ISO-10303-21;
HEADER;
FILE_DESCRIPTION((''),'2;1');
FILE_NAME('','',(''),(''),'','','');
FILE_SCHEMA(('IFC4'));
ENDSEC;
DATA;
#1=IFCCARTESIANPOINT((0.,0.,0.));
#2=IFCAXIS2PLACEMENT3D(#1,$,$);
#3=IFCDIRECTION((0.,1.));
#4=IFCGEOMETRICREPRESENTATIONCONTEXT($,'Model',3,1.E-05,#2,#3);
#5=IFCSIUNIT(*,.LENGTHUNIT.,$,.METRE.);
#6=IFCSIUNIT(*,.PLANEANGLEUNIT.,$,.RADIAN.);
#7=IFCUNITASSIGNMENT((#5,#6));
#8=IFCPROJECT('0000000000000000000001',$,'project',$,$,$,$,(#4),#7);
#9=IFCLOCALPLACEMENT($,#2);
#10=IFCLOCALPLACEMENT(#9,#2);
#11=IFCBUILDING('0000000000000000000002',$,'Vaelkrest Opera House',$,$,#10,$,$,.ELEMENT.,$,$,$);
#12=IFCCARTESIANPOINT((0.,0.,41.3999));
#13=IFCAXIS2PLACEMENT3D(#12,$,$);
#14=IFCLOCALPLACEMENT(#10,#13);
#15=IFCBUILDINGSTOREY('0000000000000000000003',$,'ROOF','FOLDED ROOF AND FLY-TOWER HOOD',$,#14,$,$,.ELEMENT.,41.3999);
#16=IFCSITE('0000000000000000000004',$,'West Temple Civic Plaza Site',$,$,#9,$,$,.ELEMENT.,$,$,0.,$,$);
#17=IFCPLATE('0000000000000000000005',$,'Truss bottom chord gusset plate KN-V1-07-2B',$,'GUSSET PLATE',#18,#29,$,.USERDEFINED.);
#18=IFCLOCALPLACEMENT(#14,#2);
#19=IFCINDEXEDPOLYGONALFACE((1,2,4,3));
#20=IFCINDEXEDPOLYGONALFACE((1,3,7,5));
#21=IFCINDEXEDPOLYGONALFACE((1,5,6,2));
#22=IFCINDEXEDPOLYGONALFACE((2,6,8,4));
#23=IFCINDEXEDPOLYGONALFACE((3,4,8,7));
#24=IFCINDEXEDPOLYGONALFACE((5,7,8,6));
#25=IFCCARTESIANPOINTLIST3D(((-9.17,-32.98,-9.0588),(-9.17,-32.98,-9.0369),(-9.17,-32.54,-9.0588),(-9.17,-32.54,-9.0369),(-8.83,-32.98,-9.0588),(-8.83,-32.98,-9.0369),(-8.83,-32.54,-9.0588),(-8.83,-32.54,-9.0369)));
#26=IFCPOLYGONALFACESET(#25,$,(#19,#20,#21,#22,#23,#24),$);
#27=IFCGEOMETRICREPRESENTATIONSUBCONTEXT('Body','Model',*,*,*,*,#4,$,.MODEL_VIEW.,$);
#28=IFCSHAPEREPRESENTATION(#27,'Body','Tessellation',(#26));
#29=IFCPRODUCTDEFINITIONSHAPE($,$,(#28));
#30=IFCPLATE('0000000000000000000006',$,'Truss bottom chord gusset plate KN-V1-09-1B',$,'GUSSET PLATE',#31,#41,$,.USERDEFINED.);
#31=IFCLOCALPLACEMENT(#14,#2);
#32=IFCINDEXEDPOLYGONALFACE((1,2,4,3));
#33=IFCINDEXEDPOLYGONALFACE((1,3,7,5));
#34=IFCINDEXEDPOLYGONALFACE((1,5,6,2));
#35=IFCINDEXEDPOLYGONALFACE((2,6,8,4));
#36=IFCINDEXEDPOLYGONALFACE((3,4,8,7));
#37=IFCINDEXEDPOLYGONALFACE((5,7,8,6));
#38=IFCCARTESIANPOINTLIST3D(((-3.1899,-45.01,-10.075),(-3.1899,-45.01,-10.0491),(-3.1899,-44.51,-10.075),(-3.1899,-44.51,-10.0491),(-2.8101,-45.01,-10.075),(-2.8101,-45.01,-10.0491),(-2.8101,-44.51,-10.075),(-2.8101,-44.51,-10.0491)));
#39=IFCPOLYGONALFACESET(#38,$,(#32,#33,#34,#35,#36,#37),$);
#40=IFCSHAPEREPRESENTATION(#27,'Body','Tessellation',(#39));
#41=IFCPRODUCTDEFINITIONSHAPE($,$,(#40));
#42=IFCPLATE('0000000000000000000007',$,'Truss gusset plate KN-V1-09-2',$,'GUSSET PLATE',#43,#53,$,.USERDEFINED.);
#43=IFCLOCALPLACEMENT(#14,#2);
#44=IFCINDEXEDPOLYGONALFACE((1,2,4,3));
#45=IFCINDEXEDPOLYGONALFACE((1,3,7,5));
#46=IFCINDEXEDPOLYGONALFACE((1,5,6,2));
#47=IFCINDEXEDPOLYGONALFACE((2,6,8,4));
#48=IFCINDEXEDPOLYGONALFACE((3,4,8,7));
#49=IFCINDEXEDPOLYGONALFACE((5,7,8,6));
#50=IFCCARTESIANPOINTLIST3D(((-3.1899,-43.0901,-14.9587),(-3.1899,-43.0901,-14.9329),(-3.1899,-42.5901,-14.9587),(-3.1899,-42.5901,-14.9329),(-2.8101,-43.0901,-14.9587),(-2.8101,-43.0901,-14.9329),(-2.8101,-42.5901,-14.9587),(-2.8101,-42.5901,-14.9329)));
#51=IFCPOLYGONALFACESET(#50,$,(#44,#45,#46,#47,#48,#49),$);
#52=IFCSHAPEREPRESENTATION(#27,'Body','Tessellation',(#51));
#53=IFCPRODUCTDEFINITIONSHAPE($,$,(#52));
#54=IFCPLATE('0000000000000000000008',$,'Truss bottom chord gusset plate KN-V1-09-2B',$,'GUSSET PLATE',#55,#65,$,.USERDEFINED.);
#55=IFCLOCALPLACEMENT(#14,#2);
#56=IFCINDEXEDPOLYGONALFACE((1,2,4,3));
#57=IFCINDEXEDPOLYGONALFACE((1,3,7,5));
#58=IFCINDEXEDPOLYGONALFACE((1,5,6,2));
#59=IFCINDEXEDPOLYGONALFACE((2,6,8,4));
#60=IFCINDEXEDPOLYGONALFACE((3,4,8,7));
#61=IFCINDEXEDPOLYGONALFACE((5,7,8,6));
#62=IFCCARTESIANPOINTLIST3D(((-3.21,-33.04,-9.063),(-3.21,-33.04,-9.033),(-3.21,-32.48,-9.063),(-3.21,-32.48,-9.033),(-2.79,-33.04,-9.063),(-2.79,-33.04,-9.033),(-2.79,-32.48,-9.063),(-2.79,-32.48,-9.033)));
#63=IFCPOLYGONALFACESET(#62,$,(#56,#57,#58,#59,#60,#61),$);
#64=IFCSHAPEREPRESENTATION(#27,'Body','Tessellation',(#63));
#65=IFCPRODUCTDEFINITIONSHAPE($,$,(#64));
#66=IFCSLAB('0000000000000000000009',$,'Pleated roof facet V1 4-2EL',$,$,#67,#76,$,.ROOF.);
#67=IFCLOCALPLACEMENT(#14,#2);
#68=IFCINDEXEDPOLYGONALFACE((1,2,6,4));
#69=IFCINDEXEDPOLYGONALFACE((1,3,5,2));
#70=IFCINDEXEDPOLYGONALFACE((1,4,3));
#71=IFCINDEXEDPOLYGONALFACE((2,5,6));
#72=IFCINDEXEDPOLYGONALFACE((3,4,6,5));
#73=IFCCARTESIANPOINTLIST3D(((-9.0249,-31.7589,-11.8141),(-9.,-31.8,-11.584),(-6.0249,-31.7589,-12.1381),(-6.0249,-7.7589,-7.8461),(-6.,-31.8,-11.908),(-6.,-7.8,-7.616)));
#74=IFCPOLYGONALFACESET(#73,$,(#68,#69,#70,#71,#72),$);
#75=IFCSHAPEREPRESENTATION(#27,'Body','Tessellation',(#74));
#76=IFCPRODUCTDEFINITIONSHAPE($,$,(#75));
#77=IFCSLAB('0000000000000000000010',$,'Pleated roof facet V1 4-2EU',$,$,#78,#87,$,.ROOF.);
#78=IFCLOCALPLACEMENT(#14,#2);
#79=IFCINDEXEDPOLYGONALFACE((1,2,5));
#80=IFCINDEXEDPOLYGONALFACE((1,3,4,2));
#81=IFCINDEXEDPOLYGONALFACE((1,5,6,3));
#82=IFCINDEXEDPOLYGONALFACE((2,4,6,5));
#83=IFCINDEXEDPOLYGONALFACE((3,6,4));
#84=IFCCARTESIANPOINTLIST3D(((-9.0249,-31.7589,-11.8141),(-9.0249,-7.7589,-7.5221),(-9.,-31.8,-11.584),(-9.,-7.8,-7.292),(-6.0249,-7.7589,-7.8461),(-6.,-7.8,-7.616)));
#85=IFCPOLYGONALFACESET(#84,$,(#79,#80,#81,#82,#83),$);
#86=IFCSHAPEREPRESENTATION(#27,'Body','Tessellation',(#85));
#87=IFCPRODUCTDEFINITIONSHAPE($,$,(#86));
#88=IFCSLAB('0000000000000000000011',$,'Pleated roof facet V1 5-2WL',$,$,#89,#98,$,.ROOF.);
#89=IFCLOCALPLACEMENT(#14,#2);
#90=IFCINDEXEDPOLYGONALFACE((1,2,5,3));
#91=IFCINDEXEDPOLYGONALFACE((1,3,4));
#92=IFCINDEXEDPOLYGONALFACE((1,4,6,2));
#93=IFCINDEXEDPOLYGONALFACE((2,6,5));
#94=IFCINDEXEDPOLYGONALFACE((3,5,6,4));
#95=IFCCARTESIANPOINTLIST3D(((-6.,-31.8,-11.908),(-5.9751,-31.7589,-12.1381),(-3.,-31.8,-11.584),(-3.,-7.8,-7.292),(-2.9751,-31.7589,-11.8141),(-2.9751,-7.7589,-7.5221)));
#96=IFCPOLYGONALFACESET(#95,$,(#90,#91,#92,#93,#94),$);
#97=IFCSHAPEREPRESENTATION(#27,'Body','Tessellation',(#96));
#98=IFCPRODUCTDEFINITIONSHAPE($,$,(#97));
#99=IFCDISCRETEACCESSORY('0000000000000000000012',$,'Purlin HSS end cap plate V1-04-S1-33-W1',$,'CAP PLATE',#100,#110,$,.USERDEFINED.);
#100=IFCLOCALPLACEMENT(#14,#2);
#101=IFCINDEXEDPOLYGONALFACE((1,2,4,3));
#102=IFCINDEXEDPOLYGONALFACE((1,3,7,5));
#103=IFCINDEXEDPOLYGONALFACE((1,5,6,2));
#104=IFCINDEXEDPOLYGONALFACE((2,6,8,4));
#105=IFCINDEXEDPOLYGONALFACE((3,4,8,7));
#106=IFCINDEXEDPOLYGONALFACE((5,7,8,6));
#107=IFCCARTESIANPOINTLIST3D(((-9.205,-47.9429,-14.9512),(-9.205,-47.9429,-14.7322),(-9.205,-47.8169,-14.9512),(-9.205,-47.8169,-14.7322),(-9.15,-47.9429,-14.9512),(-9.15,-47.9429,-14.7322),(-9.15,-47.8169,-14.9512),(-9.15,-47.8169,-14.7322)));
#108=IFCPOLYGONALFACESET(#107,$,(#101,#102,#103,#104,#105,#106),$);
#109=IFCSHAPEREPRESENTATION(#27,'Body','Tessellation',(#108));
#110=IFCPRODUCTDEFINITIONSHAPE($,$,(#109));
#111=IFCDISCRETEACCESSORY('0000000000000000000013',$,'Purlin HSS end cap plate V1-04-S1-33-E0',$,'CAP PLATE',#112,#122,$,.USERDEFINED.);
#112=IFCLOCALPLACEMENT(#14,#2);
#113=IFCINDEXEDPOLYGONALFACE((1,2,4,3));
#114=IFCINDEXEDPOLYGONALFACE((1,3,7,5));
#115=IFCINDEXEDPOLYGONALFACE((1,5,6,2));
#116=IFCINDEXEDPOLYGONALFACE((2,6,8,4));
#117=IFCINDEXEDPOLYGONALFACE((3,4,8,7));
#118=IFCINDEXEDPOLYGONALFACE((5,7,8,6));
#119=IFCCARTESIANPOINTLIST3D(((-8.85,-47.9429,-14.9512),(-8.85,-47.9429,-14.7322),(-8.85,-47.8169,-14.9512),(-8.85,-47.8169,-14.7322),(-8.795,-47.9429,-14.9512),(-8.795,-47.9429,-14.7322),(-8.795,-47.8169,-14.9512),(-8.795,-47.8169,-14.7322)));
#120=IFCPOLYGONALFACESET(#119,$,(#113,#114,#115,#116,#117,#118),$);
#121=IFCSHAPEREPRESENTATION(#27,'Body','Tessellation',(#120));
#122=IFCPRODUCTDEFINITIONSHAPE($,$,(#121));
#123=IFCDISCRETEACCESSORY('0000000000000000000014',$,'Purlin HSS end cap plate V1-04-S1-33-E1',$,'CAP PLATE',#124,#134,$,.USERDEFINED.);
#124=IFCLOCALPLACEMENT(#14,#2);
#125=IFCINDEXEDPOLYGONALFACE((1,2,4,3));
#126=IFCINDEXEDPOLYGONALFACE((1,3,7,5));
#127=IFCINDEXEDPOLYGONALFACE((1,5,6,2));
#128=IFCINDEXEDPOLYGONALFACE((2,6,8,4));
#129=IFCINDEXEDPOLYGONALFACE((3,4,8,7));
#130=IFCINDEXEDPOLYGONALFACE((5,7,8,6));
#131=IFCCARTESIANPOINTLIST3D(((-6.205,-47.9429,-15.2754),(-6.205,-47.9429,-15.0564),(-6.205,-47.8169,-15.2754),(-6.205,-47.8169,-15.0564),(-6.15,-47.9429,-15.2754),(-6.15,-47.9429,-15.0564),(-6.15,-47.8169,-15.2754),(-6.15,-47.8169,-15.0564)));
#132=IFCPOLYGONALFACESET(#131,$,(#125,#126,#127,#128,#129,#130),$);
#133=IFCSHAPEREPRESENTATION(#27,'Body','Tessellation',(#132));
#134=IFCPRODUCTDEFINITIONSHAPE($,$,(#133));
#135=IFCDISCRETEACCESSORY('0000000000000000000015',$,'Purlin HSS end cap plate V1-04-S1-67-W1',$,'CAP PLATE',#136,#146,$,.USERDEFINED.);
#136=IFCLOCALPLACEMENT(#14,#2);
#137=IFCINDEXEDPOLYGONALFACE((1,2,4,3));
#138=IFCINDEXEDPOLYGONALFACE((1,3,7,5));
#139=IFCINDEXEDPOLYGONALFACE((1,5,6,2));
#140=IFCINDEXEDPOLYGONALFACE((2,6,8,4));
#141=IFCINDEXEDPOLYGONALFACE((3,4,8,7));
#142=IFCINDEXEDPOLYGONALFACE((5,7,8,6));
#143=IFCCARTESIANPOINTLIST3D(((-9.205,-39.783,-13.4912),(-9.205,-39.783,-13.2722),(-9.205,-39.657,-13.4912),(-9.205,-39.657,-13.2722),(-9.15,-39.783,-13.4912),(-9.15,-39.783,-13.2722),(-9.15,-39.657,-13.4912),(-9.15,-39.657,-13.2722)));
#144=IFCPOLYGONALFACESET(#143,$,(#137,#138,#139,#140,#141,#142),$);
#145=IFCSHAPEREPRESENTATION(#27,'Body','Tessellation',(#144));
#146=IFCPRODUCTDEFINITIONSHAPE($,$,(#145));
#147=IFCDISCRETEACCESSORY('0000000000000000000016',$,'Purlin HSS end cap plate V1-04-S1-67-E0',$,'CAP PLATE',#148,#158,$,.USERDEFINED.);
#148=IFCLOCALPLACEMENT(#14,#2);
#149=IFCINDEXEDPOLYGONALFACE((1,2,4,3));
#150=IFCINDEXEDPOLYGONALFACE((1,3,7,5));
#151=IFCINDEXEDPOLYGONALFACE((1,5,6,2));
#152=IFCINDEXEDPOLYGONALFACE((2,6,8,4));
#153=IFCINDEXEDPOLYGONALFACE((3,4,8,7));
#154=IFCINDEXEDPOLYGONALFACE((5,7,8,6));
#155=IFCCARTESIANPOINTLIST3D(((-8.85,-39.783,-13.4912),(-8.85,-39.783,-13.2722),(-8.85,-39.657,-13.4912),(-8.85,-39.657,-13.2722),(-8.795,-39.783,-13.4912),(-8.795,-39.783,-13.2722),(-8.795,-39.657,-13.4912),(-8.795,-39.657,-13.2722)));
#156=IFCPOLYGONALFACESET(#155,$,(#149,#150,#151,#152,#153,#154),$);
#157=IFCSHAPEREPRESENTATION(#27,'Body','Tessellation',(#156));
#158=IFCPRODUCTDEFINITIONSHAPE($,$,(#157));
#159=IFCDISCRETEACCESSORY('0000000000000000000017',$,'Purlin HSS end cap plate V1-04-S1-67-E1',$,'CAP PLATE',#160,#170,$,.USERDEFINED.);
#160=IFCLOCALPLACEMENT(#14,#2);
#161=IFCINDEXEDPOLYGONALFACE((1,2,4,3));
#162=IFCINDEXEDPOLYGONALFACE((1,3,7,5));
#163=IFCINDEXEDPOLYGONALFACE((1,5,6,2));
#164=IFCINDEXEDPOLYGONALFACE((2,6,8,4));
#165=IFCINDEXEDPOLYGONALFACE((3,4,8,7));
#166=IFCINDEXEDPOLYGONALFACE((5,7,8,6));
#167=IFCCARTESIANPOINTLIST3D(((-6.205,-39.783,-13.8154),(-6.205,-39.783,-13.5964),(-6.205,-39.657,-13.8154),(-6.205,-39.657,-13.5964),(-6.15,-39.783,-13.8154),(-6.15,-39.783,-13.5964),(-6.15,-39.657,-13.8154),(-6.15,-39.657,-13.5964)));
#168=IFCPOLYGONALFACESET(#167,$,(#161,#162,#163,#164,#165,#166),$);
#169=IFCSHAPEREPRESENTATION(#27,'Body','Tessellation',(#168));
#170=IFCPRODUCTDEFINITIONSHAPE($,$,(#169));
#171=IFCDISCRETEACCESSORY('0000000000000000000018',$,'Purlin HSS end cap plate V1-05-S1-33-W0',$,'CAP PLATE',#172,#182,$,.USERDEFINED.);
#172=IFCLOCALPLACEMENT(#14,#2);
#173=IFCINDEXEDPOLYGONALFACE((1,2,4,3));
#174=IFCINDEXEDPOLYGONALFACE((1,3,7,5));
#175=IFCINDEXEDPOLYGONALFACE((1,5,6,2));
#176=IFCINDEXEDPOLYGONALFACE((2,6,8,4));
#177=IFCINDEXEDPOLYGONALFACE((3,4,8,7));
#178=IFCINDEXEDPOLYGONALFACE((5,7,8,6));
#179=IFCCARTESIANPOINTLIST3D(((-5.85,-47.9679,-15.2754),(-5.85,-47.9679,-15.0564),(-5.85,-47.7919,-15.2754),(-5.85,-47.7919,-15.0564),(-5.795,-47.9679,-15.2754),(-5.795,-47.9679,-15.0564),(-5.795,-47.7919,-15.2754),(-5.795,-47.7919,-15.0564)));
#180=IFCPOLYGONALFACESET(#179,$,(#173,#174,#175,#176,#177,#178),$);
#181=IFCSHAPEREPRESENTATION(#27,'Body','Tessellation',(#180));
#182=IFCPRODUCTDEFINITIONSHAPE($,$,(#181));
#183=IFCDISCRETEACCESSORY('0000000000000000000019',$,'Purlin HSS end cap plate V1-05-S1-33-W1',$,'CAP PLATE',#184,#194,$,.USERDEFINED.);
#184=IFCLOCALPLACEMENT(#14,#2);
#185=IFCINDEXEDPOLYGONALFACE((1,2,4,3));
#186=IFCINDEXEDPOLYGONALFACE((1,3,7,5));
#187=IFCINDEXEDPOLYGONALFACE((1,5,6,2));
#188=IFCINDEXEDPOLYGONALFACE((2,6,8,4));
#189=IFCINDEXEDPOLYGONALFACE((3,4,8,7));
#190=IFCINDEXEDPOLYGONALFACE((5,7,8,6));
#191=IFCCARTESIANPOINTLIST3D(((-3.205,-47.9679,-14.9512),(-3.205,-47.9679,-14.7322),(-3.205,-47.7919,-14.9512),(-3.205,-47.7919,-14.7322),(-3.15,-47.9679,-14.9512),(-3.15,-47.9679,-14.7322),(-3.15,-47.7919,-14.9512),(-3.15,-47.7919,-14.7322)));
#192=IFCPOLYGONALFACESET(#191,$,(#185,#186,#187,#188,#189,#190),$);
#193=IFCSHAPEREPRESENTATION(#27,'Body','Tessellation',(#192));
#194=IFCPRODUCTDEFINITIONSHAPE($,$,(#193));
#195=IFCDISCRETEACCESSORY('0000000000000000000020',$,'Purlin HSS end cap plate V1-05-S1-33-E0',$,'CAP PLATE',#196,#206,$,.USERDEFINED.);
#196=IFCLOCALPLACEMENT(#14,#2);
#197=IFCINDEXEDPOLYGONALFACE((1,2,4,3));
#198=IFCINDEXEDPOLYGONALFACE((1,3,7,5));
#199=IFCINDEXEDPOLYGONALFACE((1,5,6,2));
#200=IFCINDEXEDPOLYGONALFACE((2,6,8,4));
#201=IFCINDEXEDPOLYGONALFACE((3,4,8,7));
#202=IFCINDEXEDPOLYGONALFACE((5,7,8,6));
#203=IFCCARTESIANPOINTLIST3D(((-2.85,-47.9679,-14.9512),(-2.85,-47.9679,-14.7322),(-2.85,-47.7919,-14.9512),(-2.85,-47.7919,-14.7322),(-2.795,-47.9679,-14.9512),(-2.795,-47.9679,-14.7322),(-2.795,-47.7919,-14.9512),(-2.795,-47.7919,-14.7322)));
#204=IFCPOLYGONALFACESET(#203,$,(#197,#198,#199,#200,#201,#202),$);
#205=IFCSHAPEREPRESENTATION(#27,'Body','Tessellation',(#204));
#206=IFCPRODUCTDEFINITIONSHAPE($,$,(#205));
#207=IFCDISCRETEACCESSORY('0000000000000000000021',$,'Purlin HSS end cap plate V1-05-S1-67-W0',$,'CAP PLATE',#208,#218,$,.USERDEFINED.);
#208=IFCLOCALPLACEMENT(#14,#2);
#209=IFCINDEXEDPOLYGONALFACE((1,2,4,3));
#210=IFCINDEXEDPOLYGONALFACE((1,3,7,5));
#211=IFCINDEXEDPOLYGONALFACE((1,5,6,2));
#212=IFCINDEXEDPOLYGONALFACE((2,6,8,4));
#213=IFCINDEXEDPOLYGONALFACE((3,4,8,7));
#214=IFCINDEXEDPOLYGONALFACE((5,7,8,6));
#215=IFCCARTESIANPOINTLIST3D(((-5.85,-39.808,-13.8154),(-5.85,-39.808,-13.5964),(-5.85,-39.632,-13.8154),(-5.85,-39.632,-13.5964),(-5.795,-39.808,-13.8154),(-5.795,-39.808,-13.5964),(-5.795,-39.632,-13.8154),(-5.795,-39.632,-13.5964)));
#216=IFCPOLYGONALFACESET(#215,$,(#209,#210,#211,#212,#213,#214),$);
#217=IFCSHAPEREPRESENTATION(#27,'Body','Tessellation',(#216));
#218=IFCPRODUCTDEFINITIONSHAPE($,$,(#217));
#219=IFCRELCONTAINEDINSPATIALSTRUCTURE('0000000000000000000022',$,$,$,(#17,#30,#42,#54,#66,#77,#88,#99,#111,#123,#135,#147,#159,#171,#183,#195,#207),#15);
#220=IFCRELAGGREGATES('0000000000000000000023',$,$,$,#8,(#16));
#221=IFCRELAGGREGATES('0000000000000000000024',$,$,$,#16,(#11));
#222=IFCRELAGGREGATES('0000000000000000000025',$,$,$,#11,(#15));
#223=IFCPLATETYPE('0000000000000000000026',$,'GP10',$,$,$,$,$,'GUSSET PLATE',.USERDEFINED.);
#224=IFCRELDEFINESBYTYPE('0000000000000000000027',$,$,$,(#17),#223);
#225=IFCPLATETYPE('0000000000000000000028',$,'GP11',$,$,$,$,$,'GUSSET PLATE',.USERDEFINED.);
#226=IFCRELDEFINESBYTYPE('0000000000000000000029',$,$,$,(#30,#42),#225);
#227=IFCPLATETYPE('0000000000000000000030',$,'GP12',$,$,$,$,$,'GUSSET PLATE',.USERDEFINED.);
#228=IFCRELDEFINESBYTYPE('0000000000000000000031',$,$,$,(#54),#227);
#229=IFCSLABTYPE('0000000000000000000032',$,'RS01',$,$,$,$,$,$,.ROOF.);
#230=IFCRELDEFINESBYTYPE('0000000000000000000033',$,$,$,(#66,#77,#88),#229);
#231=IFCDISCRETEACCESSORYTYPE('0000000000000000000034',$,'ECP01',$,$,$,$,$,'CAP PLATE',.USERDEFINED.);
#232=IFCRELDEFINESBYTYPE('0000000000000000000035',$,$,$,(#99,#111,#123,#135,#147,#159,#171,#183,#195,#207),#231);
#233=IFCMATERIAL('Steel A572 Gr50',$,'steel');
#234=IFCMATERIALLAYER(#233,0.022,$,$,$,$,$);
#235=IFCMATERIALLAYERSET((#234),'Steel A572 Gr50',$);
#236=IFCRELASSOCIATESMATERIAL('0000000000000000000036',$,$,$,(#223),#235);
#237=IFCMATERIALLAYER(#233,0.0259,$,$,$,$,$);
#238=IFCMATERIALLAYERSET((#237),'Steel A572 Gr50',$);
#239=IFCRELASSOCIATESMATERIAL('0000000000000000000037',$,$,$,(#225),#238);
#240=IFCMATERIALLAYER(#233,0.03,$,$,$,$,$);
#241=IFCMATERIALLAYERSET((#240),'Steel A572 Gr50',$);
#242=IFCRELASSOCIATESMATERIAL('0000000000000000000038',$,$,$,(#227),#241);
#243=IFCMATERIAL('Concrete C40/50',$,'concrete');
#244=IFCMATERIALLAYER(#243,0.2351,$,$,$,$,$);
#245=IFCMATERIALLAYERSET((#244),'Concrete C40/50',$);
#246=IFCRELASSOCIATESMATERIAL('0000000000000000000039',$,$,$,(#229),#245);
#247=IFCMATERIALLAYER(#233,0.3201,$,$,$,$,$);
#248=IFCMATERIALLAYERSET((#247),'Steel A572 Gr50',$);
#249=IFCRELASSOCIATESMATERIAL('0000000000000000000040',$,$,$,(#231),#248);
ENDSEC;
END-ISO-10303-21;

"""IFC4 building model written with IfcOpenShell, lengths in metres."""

from ifc_helpers import new_model, si_unit, direction, frame, origin, origin_2d, place, context, subcontext, project, spatial, polyline, rectangle, outline, extrude, material, layer, layer_set, type_object, element, save


model = new_model("IFC4")

# Units and contexts
model_context = context("Model", 3, precision=1e-05, world=origin(), true_north=direction((0.0, 1.0)))
body_context = subcontext(model_context, "Body", "Model", "MODEL_VIEW")
ifc_project = project(units=[si_unit("LENGTHUNIT", "METRE"), si_unit("PLANEANGLEUNIT", "RADIAN")], contexts=[model_context])

# Site, building, storey
site_placement = place(None, origin())
site = spatial("IfcSite", under=ifc_project, at=site_placement, Name="West Temple Civic Plaza Site", CompositionType="ELEMENT", RefElevation=0.0)
building_placement = place(site_placement, origin())
building = spatial("IfcBuilding", under=site, at=building_placement, Name="Vaelkrest Opera House", CompositionType="ELEMENT")
storey_placement = place(building_placement, frame((0.0, 0.0, 41.3999)))
storey = spatial("IfcBuildingStorey", under=building, at=storey_placement, Name="ROOF", Description="FOLDED ROOF AND FLY-TOWER HOOD", CompositionType="ELEMENT", Elevation=41.3999)

# Plates
ifc_material_1 = material(Name="Steel A572 Gr50", Category="steel")
ifc_layer_1 = layer(ifc_material_1, 0.022)
ifc_layer_set_1 = layer_set([ifc_layer_1], Name="Steel A572 Gr50")
plate_type_1 = type_object("IfcPlateType", Name="GP10", ElementType="GUSSET PLATE", PredefinedType="USERDEFINED", material=ifc_layer_set_1)
plate_1_placement = place(storey_placement, frame((-9.0, -32.76, -9.0588), z_axis=(0.0, 0.0, 1.0), x_axis=(0.0, 1.0, 0.0)))
element("IfcPlate", 1, at=plate_1_placement, inside=storey, type_object=plate_type_1, Name="Truss bottom chord gusset plate KN-V1-07-2B", ObjectType="GUSSET PLATE", PredefinedType="USERDEFINED", context=body_context, shape_type="SweptSolid", body=[
    extrude(rectangle(XDim=0.4399, YDim=0.3401, at=origin_2d()), origin(), (0.0, 0.0, 1.0), 0.022),
])
ifc_layer_2 = layer(ifc_material_1, 0.0259)
ifc_layer_set_2 = layer_set([ifc_layer_2], Name="Steel A572 Gr50")
plate_type_2 = type_object("IfcPlateType", Name="GP11", ElementType="GUSSET PLATE", PredefinedType="USERDEFINED", material=ifc_layer_set_2)
for number, where, z_axis, x_axis, name in (
    (2, (-3.0, -44.76, -10.075), (0.0, 0.0, 1.0), (0.0, 1.0, 0.0), "Truss bottom chord gusset plate KN-V1-09-1B"),
    (3, (-3.0, -42.8401, -14.9587), (0.0, 0.0, 1.0), (0.0, 1.0, 0.0), "Truss gusset plate KN-V1-09-2"),
):
    element("IfcPlate", number, at=place(storey_placement, frame(where, z_axis=z_axis, x_axis=x_axis)), inside=storey, type_object=plate_type_2, Name=name, ObjectType="GUSSET PLATE", PredefinedType="USERDEFINED", context=body_context, shape_type="SweptSolid", body=[
        extrude(rectangle(XDim=0.5, YDim=0.3799, at=origin_2d()), origin(), (0.0, 0.0, 1.0), 0.0259),
    ])
ifc_layer_3 = layer(ifc_material_1, 0.03)
ifc_layer_set_3 = layer_set([ifc_layer_3], Name="Steel A572 Gr50")
plate_type_3 = type_object("IfcPlateType", Name="GP12", ElementType="GUSSET PLATE", PredefinedType="USERDEFINED", material=ifc_layer_set_3)
plate_2_placement = place(storey_placement, frame((-3.0, -32.76, -9.063), z_axis=(0.0, 0.0, 1.0), x_axis=(0.0, 1.0, 0.0)))
element("IfcPlate", 4, at=plate_2_placement, inside=storey, type_object=plate_type_3, Name="Truss bottom chord gusset plate KN-V1-09-2B", ObjectType="GUSSET PLATE", PredefinedType="USERDEFINED", context=body_context, shape_type="SweptSolid", body=[
    extrude(rectangle(XDim=0.5601, YDim=0.4199, at=origin_2d()), origin(), (0.0, 0.0, 1.0), 0.03),
])

# Slabs
ifc_material_2 = material(Name="Concrete C40/50", Category="concrete")
ifc_layer_4 = layer(ifc_material_2, 0.2351)
ifc_layer_set_4 = layer_set([ifc_layer_4], Name="Concrete C40/50")
slab_type = type_object("IfcSlabType", Name="RS01", PredefinedType="ROOF", material=ifc_layer_set_4)
slab_1_placement = place(storey_placement, frame((-9.0, -31.8, -11.584), z_axis=(0.105709, -0.175054, 0.978868), x_axis=(0.994219, 0.0, -0.107367)))
element("IfcSlab", 5, at=slab_1_placement, inside=storey, type_object=slab_type, Name="Pleated roof facet V1 4-2EL", PredefinedType="ROOF", context=body_context, shape_type="SweptSolid", body=[
    extrude(outline(polyline([(0.0, 0.0), (3.0174, 0.0), (2.5566, 24.3764), (0.0, 0.0)])), origin(), (0.0, 0.0, -1.0), 0.2351),
])
slab_2_placement = place(storey_placement, frame((-9.0, -31.8, -11.584), z_axis=(0.105709, -0.175054, 0.978868), x_axis=(0.122399, 0.979188, 0.161893)))
element("IfcSlab", 6, at=slab_2_placement, inside=storey, type_object=slab_type, Name="Pleated roof facet V1 4-2EU", PredefinedType="ROOF", context=body_context, shape_type="SweptSolid", body=[
    extrude(outline(polyline([(0.0, 0.0), (24.5101, 0.0), (24.1954, 3.001), (0.0, 0.0)])), origin(), (0.0, 0.0, -1.0), 0.2351),
])
slab_3_placement = place(storey_placement, frame((-6.0, -31.8, -11.908), z_axis=(-0.105709, -0.175054, 0.978868), x_axis=(0.994219, 0.0, 0.107367)))
element("IfcSlab", 7, at=slab_3_placement, inside=storey, type_object=slab_type, Name="Pleated roof facet V1 5-2WL", PredefinedType="ROOF", context=body_context, shape_type="SweptSolid", body=[
    extrude(outline(polyline([(0.0, 0.0), (3.0174, 0.0), (3.4783, 24.3764), (0.0, 0.0)])), origin(), (0.0, 0.0, -1.0), 0.2351),
])

# Discrete accessories
ifc_layer_5 = layer(ifc_material_1, 0.3201)
ifc_layer_set_5 = layer_set([ifc_layer_5], Name="Steel A572 Gr50")
discrete_accessory_type = type_object("IfcDiscreteAccessoryType", Name="ECP01", ElementType="CAP PLATE", PredefinedType="USERDEFINED", material=ifc_layer_set_5)
for number, where, z_axis, x_axis, name in (
    (8, (-9.1775, -47.8799, -14.9512), (0.0, 0.0, 1.0), (1.0, 0.0, 0.0), "Purlin HSS end cap plate V1-04-S1-33-W1"),
    (9, (-8.8225, -47.8799, -14.9512), (0.0, 0.0, 1.0), (1.0, 0.0, 0.0), "Purlin HSS end cap plate V1-04-S1-33-E0"),
    (10, (-6.1775, -47.8799, -15.2754), (0.0, 0.0, 1.0), (1.0, 0.0, 0.0), "Purlin HSS end cap plate V1-04-S1-33-E1"),
    (11, (-9.1775, -39.72, -13.4912), (0.0, 0.0, 1.0), (1.0, 0.0, 0.0), "Purlin HSS end cap plate V1-04-S1-67-W1"),
    (12, (-8.8225, -39.72, -13.4912), (0.0, 0.0, 1.0), (1.0, 0.0, 0.0), "Purlin HSS end cap plate V1-04-S1-67-E0"),
    (13, (-6.1775, -39.72, -13.8154), (0.0, 0.0, 1.0), (1.0, 0.0, 0.0), "Purlin HSS end cap plate V1-04-S1-67-E1"),
):
    element("IfcDiscreteAccessory", number, at=place(storey_placement, frame(where, z_axis=z_axis, x_axis=x_axis)), inside=storey, type_object=discrete_accessory_type, Name=name, ObjectType="CAP PLATE", PredefinedType="USERDEFINED", context=body_context, shape_type="SweptSolid", body=[
        extrude(rectangle(XDim=0.0549, YDim=0.126, at=origin_2d()), origin(), (0.0, 0.0, 1.0), 0.219),
    ])
for number, where, z_axis, x_axis, name in (
    (14, (-5.8225, -47.8799, -15.2754), (0.0, 0.0, 1.0), (1.0, 0.0, 0.0), "Purlin HSS end cap plate V1-05-S1-33-W0"),
    (15, (-3.1775, -47.8799, -14.9512), (0.0, 0.0, 1.0), (1.0, 0.0, 0.0), "Purlin HSS end cap plate V1-05-S1-33-W1"),
    (16, (-2.8225, -47.8799, -14.9512), (0.0, 0.0, 1.0), (1.0, 0.0, 0.0), "Purlin HSS end cap plate V1-05-S1-33-E0"),
    (17, (-5.8225, -39.72, -13.8154), (0.0, 0.0, 1.0), (1.0, 0.0, 0.0), "Purlin HSS end cap plate V1-05-S1-67-W0"),
):
    element("IfcDiscreteAccessory", number, at=place(storey_placement, frame(where, z_axis=z_axis, x_axis=x_axis)), inside=storey, type_object=discrete_accessory_type, Name=name, ObjectType="CAP PLATE", PredefinedType="USERDEFINED", context=body_context, shape_type="SweptSolid", body=[
        extrude(rectangle(XDim=0.0549, YDim=0.176, at=origin_2d()), origin(), (0.0, 0.0, 1.0), 0.219),
    ])

save(model, "model.ifc")
